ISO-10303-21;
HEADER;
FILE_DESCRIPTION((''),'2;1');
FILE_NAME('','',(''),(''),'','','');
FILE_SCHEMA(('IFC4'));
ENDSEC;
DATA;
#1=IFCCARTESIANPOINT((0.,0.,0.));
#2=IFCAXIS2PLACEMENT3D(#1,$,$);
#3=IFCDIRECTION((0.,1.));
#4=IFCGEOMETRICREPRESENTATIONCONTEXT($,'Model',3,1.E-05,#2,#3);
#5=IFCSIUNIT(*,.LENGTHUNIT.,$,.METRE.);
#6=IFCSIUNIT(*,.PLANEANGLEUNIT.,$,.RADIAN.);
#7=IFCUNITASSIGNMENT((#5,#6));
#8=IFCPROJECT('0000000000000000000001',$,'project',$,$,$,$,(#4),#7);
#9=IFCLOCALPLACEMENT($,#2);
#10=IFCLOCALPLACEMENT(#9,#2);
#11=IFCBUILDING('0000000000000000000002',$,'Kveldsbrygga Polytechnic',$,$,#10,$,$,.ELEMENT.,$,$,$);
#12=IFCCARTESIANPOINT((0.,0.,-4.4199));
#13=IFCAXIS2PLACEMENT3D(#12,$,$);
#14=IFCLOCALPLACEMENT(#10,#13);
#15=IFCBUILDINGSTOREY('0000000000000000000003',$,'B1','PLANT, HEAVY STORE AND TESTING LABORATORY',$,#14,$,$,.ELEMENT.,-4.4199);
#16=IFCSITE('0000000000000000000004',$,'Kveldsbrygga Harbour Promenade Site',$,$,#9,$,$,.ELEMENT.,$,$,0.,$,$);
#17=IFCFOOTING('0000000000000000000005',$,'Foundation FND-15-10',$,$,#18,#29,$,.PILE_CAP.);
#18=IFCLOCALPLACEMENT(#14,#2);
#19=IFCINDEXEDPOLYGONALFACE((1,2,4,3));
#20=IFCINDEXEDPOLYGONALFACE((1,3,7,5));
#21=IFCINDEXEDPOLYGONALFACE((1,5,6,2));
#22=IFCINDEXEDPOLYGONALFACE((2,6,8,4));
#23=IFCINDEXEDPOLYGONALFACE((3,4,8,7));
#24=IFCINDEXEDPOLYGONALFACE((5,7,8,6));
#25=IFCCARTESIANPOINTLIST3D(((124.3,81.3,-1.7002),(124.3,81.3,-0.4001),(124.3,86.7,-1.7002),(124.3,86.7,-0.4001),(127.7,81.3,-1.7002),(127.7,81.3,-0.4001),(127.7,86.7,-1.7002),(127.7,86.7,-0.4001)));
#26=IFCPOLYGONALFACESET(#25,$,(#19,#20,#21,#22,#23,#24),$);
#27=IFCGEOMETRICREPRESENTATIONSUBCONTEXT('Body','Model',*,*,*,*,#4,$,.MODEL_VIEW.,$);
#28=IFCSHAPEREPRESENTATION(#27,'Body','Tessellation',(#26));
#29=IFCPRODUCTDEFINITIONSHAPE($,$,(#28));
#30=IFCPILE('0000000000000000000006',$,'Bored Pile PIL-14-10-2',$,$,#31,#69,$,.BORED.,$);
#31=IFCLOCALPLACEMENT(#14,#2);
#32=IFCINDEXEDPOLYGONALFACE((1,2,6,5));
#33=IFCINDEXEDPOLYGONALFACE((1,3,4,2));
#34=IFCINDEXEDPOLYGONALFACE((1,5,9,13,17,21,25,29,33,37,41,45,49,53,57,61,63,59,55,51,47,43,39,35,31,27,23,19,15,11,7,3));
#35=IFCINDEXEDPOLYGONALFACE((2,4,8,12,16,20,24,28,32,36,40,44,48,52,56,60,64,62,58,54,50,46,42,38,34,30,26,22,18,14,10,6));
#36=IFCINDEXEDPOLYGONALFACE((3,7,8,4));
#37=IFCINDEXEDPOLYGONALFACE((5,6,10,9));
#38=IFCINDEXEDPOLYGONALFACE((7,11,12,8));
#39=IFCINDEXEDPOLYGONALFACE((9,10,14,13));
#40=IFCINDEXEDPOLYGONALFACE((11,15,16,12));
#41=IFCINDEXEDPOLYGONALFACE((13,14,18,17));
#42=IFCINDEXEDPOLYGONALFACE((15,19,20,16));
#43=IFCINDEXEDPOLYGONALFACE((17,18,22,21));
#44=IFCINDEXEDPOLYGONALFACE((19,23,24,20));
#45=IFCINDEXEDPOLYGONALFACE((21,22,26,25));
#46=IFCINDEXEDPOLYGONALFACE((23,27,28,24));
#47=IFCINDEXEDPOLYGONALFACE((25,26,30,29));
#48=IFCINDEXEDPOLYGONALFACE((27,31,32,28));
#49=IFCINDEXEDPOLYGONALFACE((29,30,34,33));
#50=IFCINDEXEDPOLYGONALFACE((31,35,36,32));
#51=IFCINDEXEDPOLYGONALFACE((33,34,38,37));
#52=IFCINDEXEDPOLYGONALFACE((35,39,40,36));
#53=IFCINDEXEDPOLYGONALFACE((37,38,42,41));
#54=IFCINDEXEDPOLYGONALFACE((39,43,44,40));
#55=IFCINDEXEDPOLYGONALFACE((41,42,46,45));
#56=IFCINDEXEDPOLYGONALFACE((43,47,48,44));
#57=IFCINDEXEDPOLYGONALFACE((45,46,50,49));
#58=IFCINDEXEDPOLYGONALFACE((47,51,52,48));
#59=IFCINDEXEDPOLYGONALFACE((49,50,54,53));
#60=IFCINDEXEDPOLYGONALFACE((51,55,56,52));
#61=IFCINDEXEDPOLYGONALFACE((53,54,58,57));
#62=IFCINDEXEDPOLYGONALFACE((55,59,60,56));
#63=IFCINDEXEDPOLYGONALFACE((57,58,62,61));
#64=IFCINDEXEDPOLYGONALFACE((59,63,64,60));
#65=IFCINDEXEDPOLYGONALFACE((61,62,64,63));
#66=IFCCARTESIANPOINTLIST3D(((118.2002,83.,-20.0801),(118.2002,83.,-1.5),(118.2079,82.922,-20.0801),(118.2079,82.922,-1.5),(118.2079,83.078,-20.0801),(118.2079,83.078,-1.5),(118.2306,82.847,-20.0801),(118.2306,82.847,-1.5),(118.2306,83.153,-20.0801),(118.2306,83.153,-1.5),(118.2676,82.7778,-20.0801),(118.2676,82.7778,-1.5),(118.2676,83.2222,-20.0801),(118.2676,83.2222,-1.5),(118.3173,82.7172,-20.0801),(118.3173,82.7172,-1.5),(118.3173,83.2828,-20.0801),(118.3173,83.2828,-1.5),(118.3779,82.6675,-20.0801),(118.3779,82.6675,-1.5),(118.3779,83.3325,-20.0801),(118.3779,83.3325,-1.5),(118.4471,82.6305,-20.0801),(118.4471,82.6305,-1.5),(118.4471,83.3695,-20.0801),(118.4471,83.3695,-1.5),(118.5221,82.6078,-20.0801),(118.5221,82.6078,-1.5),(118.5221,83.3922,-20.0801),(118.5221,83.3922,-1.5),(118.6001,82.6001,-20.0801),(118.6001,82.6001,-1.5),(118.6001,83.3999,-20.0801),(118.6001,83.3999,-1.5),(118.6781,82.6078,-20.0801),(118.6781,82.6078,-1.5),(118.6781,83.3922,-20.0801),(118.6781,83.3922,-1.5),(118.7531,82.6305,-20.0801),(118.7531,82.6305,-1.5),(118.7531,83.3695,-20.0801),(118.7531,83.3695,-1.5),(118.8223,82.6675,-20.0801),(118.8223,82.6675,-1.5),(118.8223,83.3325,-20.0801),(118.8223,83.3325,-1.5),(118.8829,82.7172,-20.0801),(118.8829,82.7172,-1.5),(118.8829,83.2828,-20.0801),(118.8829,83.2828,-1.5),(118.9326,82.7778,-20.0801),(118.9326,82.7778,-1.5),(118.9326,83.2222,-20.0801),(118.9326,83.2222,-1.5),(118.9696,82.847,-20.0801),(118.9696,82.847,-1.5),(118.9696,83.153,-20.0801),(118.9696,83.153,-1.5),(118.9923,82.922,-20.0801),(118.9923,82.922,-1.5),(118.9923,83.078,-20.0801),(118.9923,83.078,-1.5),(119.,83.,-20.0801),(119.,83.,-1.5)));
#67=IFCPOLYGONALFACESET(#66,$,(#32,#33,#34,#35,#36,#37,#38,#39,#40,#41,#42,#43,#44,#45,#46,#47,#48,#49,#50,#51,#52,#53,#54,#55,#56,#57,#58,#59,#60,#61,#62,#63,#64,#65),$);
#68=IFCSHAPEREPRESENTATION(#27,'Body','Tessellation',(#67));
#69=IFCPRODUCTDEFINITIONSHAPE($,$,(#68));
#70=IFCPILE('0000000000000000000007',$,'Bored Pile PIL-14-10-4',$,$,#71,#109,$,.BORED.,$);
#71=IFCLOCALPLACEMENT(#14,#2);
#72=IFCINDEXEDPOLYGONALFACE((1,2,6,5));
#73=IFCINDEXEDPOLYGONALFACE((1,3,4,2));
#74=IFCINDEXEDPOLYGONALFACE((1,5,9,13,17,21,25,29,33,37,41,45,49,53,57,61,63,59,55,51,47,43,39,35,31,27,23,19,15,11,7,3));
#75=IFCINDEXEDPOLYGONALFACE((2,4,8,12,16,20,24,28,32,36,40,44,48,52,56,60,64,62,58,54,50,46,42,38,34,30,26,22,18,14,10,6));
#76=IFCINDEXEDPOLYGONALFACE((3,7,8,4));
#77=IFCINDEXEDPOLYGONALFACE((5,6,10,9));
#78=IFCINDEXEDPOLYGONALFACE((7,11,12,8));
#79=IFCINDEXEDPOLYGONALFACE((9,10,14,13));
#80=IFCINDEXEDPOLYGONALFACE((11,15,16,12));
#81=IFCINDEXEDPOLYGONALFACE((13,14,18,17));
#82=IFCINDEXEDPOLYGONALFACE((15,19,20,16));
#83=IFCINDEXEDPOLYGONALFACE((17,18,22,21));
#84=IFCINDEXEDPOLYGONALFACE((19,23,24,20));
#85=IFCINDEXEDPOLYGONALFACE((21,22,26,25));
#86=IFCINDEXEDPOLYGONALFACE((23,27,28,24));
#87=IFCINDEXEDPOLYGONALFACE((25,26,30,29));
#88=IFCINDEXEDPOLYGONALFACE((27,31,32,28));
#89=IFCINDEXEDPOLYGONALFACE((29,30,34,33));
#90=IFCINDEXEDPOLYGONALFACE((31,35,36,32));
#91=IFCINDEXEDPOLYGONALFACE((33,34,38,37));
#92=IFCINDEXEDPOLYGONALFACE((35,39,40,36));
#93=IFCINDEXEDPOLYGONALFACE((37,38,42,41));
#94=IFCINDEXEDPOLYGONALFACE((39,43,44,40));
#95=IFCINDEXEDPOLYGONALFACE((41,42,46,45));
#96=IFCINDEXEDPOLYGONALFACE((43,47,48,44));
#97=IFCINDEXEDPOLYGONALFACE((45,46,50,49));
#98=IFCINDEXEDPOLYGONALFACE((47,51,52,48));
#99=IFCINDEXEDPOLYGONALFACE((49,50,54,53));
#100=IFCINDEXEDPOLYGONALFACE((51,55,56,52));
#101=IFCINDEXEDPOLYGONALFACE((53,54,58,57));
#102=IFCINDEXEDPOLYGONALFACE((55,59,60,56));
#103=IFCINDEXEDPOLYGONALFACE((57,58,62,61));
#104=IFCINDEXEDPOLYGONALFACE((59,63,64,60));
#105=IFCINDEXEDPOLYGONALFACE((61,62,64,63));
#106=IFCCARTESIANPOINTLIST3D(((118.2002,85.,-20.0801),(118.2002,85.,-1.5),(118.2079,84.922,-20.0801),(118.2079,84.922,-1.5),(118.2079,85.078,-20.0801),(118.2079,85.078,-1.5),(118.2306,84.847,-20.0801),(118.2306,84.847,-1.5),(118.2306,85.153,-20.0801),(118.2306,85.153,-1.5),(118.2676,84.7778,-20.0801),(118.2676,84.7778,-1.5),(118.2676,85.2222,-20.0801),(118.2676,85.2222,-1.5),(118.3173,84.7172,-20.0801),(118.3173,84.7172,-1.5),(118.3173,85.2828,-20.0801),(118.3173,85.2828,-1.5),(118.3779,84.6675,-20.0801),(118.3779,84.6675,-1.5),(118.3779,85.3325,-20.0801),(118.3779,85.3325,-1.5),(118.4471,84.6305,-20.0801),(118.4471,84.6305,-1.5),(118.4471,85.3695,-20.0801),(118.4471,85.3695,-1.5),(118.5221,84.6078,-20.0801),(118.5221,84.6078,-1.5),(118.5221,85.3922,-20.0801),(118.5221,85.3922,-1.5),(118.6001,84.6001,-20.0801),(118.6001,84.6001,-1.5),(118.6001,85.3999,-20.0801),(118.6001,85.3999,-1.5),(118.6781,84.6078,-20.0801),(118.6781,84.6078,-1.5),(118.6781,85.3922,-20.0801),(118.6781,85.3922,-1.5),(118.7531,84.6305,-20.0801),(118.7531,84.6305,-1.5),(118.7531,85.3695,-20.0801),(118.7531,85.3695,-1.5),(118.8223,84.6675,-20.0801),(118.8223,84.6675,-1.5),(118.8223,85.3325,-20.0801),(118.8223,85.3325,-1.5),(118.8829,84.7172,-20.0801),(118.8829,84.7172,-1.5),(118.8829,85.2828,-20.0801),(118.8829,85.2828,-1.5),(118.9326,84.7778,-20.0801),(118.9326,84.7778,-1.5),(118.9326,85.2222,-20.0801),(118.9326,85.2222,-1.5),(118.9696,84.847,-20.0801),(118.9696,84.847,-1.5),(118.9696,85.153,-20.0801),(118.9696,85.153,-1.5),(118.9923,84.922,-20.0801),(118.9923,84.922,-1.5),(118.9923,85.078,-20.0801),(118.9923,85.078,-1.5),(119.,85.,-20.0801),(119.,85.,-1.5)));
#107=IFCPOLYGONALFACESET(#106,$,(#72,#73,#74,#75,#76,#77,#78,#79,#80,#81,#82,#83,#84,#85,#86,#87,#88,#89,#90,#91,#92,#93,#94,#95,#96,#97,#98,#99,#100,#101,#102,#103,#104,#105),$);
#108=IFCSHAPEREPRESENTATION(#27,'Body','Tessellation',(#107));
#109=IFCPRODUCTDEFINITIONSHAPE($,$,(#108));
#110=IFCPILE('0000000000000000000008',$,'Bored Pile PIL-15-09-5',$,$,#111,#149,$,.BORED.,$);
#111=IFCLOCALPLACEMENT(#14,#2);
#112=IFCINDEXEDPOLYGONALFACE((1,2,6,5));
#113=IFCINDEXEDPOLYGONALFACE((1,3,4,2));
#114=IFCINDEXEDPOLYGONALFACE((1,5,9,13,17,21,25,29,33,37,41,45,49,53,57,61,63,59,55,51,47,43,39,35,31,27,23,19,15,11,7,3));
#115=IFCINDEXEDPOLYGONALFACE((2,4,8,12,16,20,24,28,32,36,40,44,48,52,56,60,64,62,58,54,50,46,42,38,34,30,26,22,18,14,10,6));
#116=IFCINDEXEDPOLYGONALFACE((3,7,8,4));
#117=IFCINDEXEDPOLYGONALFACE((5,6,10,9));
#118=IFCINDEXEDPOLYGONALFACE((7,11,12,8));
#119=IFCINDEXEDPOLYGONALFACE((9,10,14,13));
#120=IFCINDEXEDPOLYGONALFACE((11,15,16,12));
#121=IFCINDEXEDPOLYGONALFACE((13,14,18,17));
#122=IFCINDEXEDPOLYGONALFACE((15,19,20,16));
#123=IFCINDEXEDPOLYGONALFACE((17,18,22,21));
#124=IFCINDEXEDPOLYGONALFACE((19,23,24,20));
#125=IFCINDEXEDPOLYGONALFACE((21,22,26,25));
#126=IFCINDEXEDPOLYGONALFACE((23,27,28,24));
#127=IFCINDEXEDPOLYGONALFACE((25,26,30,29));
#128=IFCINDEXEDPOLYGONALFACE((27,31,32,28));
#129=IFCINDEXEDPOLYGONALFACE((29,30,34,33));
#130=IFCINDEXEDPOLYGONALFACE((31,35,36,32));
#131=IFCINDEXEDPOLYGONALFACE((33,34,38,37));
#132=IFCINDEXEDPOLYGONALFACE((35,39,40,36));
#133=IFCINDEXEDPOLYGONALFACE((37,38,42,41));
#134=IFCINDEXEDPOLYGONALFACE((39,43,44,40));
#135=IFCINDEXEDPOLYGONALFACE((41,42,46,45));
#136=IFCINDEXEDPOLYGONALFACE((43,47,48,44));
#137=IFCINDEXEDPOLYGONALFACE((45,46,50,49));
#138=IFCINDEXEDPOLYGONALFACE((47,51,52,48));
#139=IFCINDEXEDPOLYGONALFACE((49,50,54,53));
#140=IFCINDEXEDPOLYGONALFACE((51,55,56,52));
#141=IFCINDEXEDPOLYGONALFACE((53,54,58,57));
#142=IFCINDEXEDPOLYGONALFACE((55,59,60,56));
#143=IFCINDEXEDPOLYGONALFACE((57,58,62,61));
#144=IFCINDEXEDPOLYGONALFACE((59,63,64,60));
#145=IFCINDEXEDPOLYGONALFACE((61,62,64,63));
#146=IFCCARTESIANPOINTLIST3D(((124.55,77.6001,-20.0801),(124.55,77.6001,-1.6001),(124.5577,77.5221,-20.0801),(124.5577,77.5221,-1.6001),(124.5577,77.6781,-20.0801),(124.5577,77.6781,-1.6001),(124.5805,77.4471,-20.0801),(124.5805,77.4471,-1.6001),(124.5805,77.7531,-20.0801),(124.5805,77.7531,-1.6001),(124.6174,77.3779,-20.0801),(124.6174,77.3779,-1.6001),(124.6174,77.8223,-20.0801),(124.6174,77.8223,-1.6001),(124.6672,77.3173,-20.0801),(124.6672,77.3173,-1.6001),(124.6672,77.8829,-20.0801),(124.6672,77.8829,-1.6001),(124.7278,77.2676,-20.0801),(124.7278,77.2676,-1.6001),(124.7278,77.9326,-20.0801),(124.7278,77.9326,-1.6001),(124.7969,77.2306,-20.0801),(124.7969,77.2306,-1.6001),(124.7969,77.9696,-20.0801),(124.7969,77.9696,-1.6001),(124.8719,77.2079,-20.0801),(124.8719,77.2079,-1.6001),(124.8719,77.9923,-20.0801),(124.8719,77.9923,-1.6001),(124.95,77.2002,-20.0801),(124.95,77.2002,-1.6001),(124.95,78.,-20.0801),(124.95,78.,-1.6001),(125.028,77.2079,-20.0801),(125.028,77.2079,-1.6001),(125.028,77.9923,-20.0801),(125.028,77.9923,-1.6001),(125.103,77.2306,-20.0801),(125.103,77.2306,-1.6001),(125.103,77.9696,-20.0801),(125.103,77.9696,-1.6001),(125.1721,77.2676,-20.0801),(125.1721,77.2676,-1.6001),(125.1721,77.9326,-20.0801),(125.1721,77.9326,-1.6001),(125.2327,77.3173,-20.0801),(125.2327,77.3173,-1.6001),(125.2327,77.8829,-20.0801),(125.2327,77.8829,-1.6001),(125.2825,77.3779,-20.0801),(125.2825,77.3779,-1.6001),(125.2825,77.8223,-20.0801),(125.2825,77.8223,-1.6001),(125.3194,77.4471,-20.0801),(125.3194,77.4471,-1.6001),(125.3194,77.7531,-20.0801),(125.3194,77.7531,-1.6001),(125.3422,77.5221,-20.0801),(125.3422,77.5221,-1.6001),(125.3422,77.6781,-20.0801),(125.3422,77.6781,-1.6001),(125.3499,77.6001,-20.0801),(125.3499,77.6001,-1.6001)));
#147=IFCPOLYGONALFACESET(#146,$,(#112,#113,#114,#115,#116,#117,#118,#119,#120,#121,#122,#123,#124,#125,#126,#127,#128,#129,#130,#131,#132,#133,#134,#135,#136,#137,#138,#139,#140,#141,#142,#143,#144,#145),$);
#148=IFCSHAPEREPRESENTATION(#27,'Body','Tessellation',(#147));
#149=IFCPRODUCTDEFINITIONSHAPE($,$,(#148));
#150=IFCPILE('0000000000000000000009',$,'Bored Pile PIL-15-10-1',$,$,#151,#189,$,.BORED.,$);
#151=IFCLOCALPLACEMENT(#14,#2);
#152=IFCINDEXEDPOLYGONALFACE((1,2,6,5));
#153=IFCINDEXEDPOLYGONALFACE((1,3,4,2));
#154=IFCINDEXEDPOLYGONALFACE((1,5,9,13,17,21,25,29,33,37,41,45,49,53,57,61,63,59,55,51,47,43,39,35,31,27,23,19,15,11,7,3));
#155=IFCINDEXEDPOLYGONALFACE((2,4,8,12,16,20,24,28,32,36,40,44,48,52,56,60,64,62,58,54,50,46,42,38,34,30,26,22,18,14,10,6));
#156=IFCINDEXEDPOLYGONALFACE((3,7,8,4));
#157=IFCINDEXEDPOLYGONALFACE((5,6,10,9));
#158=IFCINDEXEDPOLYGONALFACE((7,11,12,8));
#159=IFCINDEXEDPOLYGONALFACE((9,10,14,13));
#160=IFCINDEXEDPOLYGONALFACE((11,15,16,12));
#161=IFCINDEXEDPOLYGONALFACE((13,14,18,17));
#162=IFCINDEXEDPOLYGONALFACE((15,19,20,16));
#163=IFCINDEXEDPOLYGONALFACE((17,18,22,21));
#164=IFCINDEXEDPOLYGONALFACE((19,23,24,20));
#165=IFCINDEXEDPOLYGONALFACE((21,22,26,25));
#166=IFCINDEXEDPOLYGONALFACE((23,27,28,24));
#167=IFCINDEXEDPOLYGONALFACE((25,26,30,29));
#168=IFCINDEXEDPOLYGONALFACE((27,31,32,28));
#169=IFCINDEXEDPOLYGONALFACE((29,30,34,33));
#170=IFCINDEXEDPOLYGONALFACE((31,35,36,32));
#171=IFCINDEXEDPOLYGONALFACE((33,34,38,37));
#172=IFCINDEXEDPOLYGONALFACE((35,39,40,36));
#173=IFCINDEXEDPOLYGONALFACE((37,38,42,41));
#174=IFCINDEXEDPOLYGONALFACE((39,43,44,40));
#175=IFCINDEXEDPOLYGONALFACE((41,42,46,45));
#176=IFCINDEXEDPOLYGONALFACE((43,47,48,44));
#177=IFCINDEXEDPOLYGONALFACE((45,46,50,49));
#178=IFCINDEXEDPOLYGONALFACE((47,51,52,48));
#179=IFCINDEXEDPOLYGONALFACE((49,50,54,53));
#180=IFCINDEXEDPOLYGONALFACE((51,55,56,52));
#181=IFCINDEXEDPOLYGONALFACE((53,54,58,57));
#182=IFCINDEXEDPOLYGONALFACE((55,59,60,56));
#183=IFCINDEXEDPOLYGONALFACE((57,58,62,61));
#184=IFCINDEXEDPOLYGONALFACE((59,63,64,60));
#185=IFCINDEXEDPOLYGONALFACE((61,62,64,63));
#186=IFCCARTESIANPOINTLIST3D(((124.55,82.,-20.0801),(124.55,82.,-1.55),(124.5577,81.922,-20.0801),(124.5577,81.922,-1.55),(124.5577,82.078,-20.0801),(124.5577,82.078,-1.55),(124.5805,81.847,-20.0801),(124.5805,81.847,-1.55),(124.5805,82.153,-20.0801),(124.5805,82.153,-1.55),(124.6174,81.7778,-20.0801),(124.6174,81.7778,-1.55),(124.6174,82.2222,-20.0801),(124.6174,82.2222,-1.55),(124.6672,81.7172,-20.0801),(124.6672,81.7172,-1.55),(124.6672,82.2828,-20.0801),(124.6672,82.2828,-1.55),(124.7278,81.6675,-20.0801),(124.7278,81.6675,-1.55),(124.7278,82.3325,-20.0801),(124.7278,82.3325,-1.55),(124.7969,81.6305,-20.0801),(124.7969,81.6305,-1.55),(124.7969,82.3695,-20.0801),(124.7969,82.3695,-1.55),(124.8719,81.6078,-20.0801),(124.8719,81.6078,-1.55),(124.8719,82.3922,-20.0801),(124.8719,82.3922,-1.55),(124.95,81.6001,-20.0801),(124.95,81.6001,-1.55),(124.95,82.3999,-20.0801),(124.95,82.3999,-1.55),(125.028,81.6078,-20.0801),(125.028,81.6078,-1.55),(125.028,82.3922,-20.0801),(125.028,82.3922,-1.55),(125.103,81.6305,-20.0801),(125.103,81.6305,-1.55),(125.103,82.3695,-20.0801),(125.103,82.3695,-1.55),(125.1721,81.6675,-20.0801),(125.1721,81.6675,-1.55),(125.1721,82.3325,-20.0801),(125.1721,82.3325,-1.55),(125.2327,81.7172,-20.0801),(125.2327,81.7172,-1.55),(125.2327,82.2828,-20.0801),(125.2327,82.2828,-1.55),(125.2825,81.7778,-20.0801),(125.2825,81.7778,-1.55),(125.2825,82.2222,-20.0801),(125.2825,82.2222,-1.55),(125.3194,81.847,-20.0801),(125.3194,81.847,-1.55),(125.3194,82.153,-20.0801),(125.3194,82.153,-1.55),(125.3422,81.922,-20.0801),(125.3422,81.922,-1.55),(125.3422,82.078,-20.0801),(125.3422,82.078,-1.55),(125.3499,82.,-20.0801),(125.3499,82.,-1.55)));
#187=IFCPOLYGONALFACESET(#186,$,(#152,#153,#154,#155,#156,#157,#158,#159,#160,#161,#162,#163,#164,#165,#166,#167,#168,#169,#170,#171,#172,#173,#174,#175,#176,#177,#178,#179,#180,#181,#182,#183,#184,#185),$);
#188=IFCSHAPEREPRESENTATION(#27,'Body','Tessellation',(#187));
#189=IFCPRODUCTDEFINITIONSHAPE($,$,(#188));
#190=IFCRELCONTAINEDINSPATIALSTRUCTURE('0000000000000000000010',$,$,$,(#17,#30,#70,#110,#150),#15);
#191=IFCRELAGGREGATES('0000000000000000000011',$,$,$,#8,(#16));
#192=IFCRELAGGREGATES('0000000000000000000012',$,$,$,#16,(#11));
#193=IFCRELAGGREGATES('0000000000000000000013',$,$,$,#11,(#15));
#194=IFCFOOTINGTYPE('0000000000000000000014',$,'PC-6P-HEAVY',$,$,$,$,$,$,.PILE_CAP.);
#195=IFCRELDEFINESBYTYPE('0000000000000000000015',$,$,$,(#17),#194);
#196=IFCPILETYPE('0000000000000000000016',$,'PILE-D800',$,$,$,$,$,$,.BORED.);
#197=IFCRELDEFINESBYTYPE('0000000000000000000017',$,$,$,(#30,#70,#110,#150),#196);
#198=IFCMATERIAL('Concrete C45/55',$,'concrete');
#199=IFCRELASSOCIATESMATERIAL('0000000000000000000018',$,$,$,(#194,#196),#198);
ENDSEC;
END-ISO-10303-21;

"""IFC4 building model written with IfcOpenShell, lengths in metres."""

from ifc_helpers import new_model, si_unit, direction, frame, origin, origin_2d, place, context, subcontext, project, spatial, rectangle, circle, extrude, material, material_profile, profile_set, type_object, element, save


model = new_model("IFC4")

# Units and contexts
model_context = context("Model", 3, precision=1e-05, world=origin(), true_north=direction((0.0, 1.0)))
body_context = subcontext(model_context, "Body", "Model", "MODEL_VIEW")
ifc_project = project(units=[si_unit("LENGTHUNIT", "METRE"), si_unit("PLANEANGLEUNIT", "RADIAN")], contexts=[model_context])

# Site, building, storey
site_placement = place(None, origin())
site = spatial("IfcSite", under=ifc_project, at=site_placement, Name="Kveldsbrygga Harbour Promenade Site", CompositionType="ELEMENT", RefElevation=0.0)
building_placement = place(site_placement, origin())
building = spatial("IfcBuilding", under=site, at=building_placement, Name="Kveldsbrygga Polytechnic", CompositionType="ELEMENT")
storey_placement = place(building_placement, frame((0.0, 0.0, -4.4199)))
storey = spatial("IfcBuildingStorey", under=building, at=storey_placement, Name="B1", Description="PLANT, HEAVY STORE AND TESTING LABORATORY", CompositionType="ELEMENT", Elevation=-4.4199)

# Footing
ifc_material_1 = material(Name="Concrete C45/55", Category="concrete")
footing_type = type_object("IfcFootingType", Name="PC-6P-HEAVY", PredefinedType="PILE_CAP", material=ifc_material_1)
footing_placement = place(storey_placement, frame((126.0, 84.0, -1.7002), z_axis=(0.0, 0.0, 1.0), x_axis=(1.0, 0.0, 0.0)))
element("IfcFooting", 1, at=footing_placement, inside=storey, type_object=footing_type, Name="Foundation FND-15-10", PredefinedType="PILE_CAP", context=body_context, shape_type="SweptSolid", body=[
    extrude(rectangle(XDim=3.3999, YDim=5.3999, at=origin_2d()), origin(), (0.0, 0.0, 1.0), 1.3),
])

# Piles
ifc_material_profile_1 = material_profile(ifc_material_1, circle(Radius=0.3999, at=origin_2d()), Name="PILE D800")
ifc_profile_set_1 = profile_set([ifc_material_profile_1], Name="Concrete C45/55")
pile_type = type_object("IfcPileType", Name="PILE-D800", PredefinedType="BORED", material=ifc_profile_set_1)
for number, where, z_axis, x_axis, name in (
    (2, (118.6001, 83.0, -1.5), (0.0, 0.0, -1.0), (1.0, 0.0, 0.0), "Bored Pile PIL-14-10-2"),
    (3, (118.6001, 85.0, -1.5), (0.0, 0.0, -1.0), (1.0, 0.0, 0.0), "Bored Pile PIL-14-10-4"),
):
    element("IfcPile", number, at=place(storey_placement, frame(where, z_axis=z_axis, x_axis=x_axis)), inside=storey, type_object=pile_type, Name=name, PredefinedType="BORED", context=body_context, shape_type="SweptSolid", body=[
        extrude(circle(Radius=0.3999, at=origin_2d()), origin(), (0.0, 0.0, 1.0), 18.5801),
    ])
pile_placement = place(storey_placement, frame((124.95, 77.6001, -1.6001), z_axis=(0.0, 0.0, -1.0), x_axis=(1.0, 0.0, 0.0)))
element("IfcPile", 4, at=pile_placement, inside=storey, type_object=pile_type, Name="Bored Pile PIL-15-09-5", PredefinedType="BORED", context=body_context, shape_type="SweptSolid", body=[
    extrude(circle(Radius=0.3999, at=origin_2d()), origin(), (0.0, 0.0, 1.0), 18.48),
])
for number, where, z_axis, x_axis, name in (
    (5, (124.95, 82.0, -1.55), (0.0, 0.0, -1.0), (1.0, 0.0, 0.0), "Bored Pile PIL-15-10-1"),
):
    element("IfcPile", number, at=place(storey_placement, frame(where, z_axis=z_axis, x_axis=x_axis)), inside=storey, type_object=pile_type, Name=name, PredefinedType="BORED", context=body_context, shape_type="SweptSolid", body=[
        extrude(circle(Radius=0.3999, at=origin_2d()), origin(), (0.0, 0.0, 1.0), 18.53),
    ])

save(model, "model.ifc")
